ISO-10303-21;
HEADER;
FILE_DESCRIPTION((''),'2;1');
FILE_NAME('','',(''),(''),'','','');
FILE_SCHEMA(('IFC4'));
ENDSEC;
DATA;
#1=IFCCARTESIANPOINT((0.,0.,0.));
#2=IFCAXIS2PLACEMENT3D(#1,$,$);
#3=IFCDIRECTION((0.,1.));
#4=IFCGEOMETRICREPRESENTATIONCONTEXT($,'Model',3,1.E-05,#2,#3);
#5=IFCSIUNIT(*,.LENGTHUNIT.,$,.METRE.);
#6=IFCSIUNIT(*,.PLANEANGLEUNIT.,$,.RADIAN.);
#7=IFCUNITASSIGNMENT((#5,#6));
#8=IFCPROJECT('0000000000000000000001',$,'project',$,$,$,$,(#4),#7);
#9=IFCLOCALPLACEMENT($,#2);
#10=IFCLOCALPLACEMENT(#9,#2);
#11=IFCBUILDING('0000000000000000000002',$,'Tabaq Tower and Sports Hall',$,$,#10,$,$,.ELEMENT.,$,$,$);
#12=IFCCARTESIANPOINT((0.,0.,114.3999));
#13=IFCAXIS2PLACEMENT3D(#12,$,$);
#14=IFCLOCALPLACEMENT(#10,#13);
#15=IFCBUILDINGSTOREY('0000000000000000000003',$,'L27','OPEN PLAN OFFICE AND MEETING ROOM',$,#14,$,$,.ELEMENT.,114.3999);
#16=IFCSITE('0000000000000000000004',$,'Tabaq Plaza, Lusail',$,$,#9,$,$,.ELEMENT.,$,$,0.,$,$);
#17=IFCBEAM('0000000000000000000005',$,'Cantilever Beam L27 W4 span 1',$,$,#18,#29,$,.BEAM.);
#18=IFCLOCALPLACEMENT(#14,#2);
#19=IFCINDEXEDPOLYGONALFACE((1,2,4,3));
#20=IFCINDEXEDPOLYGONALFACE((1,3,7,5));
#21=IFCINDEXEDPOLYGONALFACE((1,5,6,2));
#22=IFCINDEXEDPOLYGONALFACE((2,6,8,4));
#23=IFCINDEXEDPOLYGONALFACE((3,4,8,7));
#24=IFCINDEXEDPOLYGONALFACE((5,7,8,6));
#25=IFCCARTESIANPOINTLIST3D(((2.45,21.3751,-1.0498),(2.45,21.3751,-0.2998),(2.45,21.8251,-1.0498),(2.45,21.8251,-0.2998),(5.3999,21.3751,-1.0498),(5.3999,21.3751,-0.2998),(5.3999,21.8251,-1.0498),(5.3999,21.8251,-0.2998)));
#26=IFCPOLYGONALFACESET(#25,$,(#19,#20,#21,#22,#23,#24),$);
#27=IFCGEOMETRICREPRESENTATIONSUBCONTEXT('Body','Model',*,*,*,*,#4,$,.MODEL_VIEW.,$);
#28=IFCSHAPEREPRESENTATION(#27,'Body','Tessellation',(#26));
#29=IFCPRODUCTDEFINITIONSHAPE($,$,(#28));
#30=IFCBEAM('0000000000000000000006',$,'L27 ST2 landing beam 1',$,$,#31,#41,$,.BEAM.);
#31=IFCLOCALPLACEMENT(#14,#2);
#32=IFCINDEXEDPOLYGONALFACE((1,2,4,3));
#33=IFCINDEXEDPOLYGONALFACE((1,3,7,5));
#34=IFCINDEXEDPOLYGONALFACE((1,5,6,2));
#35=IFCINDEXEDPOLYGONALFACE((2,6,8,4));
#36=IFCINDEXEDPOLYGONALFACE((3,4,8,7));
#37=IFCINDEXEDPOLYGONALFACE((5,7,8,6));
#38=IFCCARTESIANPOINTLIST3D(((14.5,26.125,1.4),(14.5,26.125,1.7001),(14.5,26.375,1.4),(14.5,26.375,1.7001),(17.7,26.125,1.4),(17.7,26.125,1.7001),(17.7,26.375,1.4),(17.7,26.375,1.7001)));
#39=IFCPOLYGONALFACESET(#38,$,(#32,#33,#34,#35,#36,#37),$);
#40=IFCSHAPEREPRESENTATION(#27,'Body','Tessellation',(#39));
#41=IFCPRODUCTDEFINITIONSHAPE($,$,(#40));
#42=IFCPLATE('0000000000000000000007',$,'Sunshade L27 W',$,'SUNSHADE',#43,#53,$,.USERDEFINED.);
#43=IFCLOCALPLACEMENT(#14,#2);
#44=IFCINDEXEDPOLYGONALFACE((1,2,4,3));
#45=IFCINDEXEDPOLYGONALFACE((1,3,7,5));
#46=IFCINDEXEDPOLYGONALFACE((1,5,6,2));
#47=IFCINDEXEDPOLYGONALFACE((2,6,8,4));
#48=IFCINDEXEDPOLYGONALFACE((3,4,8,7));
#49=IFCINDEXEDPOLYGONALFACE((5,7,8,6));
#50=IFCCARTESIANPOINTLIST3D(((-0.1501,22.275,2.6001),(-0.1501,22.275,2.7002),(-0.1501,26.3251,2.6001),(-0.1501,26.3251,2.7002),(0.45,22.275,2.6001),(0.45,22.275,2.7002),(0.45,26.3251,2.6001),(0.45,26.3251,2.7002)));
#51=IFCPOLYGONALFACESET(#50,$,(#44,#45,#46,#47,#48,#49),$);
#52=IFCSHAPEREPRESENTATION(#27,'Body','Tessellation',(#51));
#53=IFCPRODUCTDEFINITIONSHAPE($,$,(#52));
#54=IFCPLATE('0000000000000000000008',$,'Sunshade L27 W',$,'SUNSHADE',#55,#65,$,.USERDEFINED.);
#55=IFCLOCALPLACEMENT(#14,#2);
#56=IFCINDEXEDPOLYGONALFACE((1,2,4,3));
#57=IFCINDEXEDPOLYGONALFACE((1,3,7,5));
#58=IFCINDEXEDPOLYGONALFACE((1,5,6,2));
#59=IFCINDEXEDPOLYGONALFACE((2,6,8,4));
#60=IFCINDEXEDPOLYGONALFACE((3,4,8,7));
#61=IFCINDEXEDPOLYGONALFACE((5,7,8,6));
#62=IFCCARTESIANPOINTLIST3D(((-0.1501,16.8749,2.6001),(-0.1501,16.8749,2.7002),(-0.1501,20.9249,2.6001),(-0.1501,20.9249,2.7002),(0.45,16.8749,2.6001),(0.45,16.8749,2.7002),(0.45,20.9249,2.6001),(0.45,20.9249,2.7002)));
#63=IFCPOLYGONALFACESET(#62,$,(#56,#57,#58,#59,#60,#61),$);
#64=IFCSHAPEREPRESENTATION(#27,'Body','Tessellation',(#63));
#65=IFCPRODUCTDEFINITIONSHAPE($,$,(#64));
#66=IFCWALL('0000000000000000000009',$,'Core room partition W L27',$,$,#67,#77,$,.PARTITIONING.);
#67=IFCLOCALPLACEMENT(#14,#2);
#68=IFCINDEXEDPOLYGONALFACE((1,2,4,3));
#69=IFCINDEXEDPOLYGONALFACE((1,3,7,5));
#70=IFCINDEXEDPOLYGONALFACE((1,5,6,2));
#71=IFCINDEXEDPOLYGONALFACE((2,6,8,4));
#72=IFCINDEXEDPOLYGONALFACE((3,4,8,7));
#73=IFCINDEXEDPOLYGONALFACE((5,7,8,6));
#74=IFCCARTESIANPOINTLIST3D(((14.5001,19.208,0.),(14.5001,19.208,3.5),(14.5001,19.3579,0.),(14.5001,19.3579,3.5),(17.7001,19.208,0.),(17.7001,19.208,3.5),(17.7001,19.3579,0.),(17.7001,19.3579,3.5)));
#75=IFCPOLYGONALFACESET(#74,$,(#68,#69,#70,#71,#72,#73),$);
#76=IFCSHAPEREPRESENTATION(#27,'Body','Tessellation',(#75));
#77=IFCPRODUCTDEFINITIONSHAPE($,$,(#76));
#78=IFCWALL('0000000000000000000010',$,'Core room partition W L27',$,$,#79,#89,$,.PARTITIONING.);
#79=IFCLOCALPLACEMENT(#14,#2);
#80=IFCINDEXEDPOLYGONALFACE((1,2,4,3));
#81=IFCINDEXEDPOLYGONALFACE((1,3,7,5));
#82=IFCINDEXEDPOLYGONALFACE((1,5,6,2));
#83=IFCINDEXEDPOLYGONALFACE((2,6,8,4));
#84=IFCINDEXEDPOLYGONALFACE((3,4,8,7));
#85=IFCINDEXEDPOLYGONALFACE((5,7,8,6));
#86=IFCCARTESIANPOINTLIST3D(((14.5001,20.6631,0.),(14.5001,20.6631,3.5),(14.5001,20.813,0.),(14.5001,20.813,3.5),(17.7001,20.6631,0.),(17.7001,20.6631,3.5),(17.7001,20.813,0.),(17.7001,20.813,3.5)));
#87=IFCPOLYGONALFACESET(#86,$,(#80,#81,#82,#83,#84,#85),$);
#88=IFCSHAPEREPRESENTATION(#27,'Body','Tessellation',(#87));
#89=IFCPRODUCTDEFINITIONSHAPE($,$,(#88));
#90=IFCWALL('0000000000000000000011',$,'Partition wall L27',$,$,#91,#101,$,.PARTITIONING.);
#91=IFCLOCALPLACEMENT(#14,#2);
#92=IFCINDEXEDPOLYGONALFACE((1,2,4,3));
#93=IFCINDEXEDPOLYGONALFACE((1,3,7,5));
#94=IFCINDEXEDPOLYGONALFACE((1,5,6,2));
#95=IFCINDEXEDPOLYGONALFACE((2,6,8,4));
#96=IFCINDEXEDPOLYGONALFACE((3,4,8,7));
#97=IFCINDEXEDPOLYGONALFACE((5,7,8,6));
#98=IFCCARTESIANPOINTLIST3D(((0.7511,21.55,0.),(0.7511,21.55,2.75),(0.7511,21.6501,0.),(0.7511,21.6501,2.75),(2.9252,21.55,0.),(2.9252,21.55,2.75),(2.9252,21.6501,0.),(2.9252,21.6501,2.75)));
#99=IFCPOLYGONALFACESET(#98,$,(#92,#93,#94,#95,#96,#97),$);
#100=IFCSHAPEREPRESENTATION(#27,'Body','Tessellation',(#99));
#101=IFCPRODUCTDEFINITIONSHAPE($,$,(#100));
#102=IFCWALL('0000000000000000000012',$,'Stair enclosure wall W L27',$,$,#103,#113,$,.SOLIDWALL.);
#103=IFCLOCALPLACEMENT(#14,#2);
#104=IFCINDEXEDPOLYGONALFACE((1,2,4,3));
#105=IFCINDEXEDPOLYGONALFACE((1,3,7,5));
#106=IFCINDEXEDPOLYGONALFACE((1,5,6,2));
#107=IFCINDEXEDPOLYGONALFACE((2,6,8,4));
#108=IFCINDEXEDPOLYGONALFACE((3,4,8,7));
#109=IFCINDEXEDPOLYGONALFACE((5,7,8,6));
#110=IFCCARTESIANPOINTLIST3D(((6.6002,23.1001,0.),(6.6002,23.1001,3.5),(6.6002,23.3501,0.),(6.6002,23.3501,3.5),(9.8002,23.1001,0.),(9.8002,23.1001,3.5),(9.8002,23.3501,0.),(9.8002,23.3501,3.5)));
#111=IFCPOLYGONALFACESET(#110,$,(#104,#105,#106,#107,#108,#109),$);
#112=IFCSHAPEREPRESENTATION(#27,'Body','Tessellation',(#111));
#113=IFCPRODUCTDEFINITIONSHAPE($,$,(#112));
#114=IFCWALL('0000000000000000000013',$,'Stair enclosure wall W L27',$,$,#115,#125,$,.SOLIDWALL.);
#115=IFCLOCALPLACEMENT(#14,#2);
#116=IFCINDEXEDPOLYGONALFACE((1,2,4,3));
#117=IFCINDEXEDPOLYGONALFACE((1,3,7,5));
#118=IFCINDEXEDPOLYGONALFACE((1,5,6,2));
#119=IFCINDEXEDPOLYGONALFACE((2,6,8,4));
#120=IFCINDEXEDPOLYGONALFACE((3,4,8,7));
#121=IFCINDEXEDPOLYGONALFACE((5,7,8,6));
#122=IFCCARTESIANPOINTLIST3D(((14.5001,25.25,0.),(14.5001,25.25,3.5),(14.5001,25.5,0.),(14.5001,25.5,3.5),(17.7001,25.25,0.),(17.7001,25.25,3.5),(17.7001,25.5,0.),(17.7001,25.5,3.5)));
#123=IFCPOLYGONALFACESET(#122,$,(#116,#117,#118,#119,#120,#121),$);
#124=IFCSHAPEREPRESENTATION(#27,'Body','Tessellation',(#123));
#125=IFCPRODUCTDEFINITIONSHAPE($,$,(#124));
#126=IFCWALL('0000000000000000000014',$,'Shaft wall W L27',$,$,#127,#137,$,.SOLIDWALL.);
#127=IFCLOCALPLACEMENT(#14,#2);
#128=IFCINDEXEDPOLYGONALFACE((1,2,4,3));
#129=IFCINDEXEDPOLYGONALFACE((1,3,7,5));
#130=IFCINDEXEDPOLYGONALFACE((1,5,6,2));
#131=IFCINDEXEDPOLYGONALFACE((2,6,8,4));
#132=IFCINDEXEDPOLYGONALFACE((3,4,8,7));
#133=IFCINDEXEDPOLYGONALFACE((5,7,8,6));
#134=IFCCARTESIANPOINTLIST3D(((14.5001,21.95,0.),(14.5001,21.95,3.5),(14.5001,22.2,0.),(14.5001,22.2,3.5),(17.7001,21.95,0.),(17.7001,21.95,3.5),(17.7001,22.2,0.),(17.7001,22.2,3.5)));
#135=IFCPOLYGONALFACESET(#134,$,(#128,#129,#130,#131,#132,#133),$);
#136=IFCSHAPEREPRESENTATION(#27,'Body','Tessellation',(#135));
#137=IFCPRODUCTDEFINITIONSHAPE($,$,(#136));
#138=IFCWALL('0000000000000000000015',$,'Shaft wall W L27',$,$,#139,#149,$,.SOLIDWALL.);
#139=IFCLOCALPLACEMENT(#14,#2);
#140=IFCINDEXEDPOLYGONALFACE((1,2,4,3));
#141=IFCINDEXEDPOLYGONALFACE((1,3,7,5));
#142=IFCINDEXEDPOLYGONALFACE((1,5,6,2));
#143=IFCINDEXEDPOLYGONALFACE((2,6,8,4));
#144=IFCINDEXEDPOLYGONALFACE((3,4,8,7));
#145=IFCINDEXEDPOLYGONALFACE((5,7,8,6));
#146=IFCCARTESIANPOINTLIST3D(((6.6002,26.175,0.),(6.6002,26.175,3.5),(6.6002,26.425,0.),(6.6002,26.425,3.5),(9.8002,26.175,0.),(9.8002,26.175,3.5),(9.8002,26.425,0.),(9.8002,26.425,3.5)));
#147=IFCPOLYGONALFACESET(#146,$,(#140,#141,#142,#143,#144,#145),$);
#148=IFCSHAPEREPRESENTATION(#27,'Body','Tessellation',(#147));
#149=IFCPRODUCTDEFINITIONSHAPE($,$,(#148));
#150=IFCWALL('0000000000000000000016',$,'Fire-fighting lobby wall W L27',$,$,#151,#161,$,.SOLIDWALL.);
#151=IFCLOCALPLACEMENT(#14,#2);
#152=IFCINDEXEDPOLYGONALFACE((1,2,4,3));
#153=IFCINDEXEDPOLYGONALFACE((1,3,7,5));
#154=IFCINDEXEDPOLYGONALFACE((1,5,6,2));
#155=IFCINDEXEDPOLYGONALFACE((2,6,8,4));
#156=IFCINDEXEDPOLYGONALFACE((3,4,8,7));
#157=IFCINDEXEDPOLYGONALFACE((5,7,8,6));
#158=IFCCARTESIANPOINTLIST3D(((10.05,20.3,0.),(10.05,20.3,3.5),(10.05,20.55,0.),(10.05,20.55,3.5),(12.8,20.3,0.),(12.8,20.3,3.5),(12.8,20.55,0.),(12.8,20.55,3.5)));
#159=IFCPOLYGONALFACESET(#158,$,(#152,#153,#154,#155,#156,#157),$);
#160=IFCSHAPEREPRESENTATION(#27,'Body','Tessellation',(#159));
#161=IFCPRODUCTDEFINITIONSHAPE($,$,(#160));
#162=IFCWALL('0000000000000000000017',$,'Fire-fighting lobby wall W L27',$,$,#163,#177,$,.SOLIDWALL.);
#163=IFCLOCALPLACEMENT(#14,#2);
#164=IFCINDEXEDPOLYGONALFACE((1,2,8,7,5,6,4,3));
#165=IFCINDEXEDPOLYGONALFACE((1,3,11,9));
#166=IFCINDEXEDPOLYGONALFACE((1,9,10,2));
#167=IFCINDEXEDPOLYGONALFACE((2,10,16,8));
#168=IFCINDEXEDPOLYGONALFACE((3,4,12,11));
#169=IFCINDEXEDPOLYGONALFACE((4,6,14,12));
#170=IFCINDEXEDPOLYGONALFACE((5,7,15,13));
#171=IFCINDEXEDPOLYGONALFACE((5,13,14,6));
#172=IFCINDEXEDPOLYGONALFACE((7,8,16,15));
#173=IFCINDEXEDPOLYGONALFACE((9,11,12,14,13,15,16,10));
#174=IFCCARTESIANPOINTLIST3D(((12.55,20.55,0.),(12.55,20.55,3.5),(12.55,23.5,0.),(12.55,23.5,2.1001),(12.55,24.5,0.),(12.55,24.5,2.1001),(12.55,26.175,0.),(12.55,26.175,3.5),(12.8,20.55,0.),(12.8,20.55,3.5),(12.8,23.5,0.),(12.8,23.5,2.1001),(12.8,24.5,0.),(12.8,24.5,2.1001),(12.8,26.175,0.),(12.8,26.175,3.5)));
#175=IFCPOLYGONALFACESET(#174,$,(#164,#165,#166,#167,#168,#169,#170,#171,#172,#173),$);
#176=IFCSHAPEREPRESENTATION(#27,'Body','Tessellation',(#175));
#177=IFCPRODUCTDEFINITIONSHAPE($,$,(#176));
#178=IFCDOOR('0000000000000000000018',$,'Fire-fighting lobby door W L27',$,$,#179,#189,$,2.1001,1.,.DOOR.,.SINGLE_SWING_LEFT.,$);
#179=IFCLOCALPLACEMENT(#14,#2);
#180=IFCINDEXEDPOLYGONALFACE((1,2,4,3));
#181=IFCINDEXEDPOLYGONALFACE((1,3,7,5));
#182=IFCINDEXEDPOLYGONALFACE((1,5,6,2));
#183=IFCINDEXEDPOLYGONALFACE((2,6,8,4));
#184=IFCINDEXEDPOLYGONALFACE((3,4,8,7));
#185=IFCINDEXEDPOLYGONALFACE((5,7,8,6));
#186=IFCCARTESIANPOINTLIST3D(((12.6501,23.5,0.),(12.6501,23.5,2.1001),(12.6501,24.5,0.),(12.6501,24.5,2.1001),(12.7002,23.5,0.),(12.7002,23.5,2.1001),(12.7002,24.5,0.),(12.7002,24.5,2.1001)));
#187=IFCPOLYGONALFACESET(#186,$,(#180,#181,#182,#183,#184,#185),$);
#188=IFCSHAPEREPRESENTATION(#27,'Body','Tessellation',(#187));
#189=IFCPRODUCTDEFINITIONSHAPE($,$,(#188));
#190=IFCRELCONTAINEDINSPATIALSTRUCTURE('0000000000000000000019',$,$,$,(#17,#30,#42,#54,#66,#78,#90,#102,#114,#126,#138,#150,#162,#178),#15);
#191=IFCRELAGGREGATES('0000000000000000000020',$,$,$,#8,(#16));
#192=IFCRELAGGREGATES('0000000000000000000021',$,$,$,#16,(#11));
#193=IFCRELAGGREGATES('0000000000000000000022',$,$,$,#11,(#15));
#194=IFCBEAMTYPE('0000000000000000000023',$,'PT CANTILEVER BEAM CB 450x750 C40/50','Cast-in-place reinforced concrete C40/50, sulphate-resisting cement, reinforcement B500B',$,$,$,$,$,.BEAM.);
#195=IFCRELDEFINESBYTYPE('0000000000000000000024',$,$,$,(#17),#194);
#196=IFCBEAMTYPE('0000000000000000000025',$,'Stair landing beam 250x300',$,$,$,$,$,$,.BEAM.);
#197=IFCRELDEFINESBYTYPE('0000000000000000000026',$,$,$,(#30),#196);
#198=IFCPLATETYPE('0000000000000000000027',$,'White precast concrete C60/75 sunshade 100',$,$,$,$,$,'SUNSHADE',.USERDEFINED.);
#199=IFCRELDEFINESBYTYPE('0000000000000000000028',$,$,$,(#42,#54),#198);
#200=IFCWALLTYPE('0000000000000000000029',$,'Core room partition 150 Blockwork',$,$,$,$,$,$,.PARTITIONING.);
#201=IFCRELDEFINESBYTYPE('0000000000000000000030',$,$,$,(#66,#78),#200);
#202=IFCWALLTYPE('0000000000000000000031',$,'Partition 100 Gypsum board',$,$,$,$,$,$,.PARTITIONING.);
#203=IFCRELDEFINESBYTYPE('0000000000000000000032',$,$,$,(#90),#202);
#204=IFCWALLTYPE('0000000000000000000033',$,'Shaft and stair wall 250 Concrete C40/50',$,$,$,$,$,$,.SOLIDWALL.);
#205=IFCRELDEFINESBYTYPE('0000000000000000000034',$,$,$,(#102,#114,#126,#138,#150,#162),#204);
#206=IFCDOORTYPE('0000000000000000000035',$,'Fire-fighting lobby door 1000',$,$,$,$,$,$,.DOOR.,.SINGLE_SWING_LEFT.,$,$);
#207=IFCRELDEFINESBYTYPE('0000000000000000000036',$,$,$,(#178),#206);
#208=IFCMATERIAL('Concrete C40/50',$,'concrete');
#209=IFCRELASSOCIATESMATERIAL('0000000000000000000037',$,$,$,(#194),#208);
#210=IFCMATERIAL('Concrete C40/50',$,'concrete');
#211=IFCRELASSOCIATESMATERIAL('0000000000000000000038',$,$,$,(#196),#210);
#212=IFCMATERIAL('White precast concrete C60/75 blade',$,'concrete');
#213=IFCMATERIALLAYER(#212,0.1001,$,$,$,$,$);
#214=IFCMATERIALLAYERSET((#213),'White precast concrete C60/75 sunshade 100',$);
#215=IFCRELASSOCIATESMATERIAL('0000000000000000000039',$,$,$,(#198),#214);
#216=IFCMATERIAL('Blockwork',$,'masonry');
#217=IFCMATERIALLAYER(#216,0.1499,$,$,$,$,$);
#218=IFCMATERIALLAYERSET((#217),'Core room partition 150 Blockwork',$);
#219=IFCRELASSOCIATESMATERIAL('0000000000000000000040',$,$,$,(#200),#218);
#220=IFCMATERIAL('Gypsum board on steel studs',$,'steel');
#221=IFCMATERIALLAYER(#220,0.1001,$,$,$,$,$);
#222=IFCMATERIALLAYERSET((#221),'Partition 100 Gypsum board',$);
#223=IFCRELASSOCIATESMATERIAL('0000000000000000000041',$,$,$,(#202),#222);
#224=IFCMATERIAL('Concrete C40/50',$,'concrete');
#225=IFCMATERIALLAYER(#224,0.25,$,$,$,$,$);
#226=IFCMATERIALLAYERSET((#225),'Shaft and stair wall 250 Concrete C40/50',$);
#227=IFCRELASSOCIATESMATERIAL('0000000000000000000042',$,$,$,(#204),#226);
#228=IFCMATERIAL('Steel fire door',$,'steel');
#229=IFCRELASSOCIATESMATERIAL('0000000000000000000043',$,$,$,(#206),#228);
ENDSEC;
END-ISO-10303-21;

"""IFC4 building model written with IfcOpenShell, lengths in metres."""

from ifc_helpers import new_model, si_unit, direction, frame, frame_2d, origin, origin_2d, place, context, subcontext, project, spatial, rectangle, extrude, material, layer, layer_set, material_profile, profile_set, type_object, element, fill, save


model = new_model("IFC4")

# Units and contexts
model_context = context("Model", 3, precision=1e-05, world=origin(), true_north=direction((0.0, 1.0)))
body_context = subcontext(model_context, "Body", "Model", "MODEL_VIEW")
ifc_project = project(units=[si_unit("LENGTHUNIT", "METRE"), si_unit("PLANEANGLEUNIT", "RADIAN")], contexts=[model_context])

# Site, building, storey
site_placement = place(None, origin())
site = spatial("IfcSite", under=ifc_project, at=site_placement, Name="Tabaq Plaza, Lusail", CompositionType="ELEMENT", RefElevation=0.0)
building_placement = place(site_placement, origin())
building = spatial("IfcBuilding", under=site, at=building_placement, Name="Tabaq Tower and Sports Hall", CompositionType="ELEMENT")
storey_placement = place(building_placement, frame((0.0, 0.0, 114.3999)))
storey = spatial("IfcBuildingStorey", under=building, at=storey_placement, Name="L27", Description="OPEN PLAN OFFICE AND MEETING ROOM", CompositionType="ELEMENT", Elevation=114.3999)

# Beams
ifc_material_1 = material(Name="Concrete C40/50", Category="concrete")
ifc_material_profile_1 = material_profile(ifc_material_1, rectangle(XDim=0.45, YDim=0.75, at=origin_2d()), Name="CB 450x750")
ifc_profile_set_1 = profile_set([ifc_material_profile_1], Name="Concrete C40/50")
beam_type_1 = type_object("IfcBeamType", Name="PT CANTILEVER BEAM CB 450x750 C40/50", Description="Cast-in-place reinforced concrete C40/50, sulphate-resisting cement, reinforcement B500B", PredefinedType="BEAM", material=ifc_profile_set_1)
beam_1_placement = place(storey_placement, frame((2.45, 21.6001, -0.6748), z_axis=(1.0, 0.0, 0.0), x_axis=(0.0, 1.0, 0.0)))
element("IfcBeam", 1, at=beam_1_placement, inside=storey, type_object=beam_type_1, Name="Cantilever Beam L27 W4 span 1", PredefinedType="BEAM", context=body_context, shape_type="SweptSolid", body=[
    extrude(rectangle(XDim=0.45, YDim=0.75, at=origin_2d()), origin(), (0.0, 0.0, 1.0), 2.95),
])
ifc_material_2 = material(Name="Concrete C40/50", Category="concrete")
ifc_material_profile_2 = material_profile(ifc_material_2, rectangle(XDim=0.25, YDim=0.3, at=origin_2d()), Name="RC 250x300")
ifc_profile_set_2 = profile_set([ifc_material_profile_2], Name="Concrete C40/50")
beam_type_2 = type_object("IfcBeamType", Name="Stair landing beam 250x300", PredefinedType="BEAM", material=ifc_profile_set_2)
beam_2_placement = place(storey_placement, frame((14.5, 26.25, 1.55), z_axis=(1.0, 0.0, 0.0), x_axis=(0.0, 1.0, 0.0)))
element("IfcBeam", 2, at=beam_2_placement, inside=storey, type_object=beam_type_2, Name="L27 ST2 landing beam 1", PredefinedType="BEAM", context=body_context, shape_type="SweptSolid", body=[
    extrude(rectangle(XDim=0.25, YDim=0.3, at=origin_2d()), origin(), (0.0, 0.0, 1.0), 3.2),
])

# Plates
ifc_material_3 = material(Name="White precast concrete C60/75 blade", Category="concrete")
ifc_layer_1 = layer(ifc_material_3, 0.1001)
ifc_layer_set_1 = layer_set([ifc_layer_1], Name="White precast concrete C60/75 sunshade 100")
plate_type = type_object("IfcPlateType", Name="White precast concrete C60/75 sunshade 100", ElementType="SUNSHADE", PredefinedType="USERDEFINED", material=ifc_layer_set_1)
for number, where, z_axis, x_axis, name in (
    (3, (0.1499, 24.3, 2.6001), (0.0, 0.0, 1.0), (0.0, -1.0, 0.0), "Sunshade L27 W"),
    (4, (0.1499, 18.8999, 2.6001), (0.0, 0.0, 1.0), (0.0, -1.0, 0.0), "Sunshade L27 W"),
):
    element("IfcPlate", number, at=place(storey_placement, frame(where, z_axis=z_axis, x_axis=x_axis)), inside=storey, type_object=plate_type, Name=name, ObjectType="SUNSHADE", PredefinedType="USERDEFINED", context=body_context, shape_type="SweptSolid", body=[
        extrude(rectangle(XDim=4.05, YDim=0.6001, at=origin_2d()), origin(), (0.0, 0.0, 1.0), 0.1001),
    ])

# Walls
ifc_material_4 = material(Name="Blockwork", Category="masonry")
ifc_layer_2 = layer(ifc_material_4, 0.1499)
ifc_layer_set_2 = layer_set([ifc_layer_2], Name="Core room partition 150 Blockwork")
wall_type_1 = type_object("IfcWallType", Name="Core room partition 150 Blockwork", PredefinedType="PARTITIONING", material=ifc_layer_set_2)
for number, where, z_axis, x_axis, name in (
    (5, (14.5, 19.283, 0.0), (0.0, 0.0, 1.0), (1.0, 0.0, 0.0), "Core room partition W L27"),
    (6, (14.5, 20.738, 0.0), (0.0, 0.0, 1.0), (1.0, 0.0, 0.0), "Core room partition W L27"),
):
    element("IfcWall", number, at=place(storey_placement, frame(where, z_axis=z_axis, x_axis=x_axis)), inside=storey, type_object=wall_type_1, Name=name, PredefinedType="PARTITIONING", context=body_context, shape_type="SweptSolid", body=[
        extrude(rectangle(XDim=3.2, YDim=0.1499, at=frame_2d((1.6001, 0.0))), origin(), (0.0, 0.0, 1.0), 3.5),
    ])
ifc_material_5 = material(Name="Gypsum board on steel studs", Category="steel")
ifc_layer_3 = layer(ifc_material_5, 0.1001)
ifc_layer_set_3 = layer_set([ifc_layer_3], Name="Partition 100 Gypsum board")
wall_type_2 = type_object("IfcWallType", Name="Partition 100 Gypsum board", PredefinedType="PARTITIONING", material=ifc_layer_set_3)
wall_1_placement = place(storey_placement, frame((2.925, 21.6001, 0.0), z_axis=(0.0, 0.0, 1.0), x_axis=(-1.0, 0.0, 0.0)))
element("IfcWall", 7, at=wall_1_placement, inside=storey, type_object=wall_type_2, Name="Partition wall L27", PredefinedType="PARTITIONING", context=body_context, shape_type="SweptSolid", body=[
    extrude(rectangle(XDim=2.1741, YDim=0.1001, at=frame_2d((1.0869, 0.0))), origin(), (0.0, 0.0, 1.0), 2.75),
])
ifc_material_6 = material(Name="Concrete C40/50", Category="concrete")
ifc_layer_4 = layer(ifc_material_6, 0.25)
ifc_layer_set_4 = layer_set([ifc_layer_4], Name="Shaft and stair wall 250 Concrete C40/50")
wall_type_3 = type_object("IfcWallType", Name="Shaft and stair wall 250 Concrete C40/50", PredefinedType="SOLIDWALL", material=ifc_layer_set_4)
for number, where, z_axis, x_axis, name in (
    (8, (6.6001, 23.2251, 0.0), (0.0, 0.0, 1.0), (1.0, 0.0, 0.0), "Stair enclosure wall W L27"),
    (9, (14.5, 25.375, 0.0), (0.0, 0.0, 1.0), (1.0, 0.0, 0.0), "Stair enclosure wall W L27"),
    (10, (14.5, 22.075, 0.0), (0.0, 0.0, 1.0), (1.0, 0.0, 0.0), "Shaft wall W L27"),
    (11, (6.6001, 26.3, 0.0), (0.0, 0.0, 1.0), (1.0, 0.0, 0.0), "Shaft wall W L27"),
):
    element("IfcWall", number, at=place(storey_placement, frame(where, z_axis=z_axis, x_axis=x_axis)), inside=storey, type_object=wall_type_3, Name=name, PredefinedType="SOLIDWALL", context=body_context, shape_type="SweptSolid", body=[
        extrude(rectangle(XDim=3.2, YDim=0.25, at=frame_2d((1.6001, 0.0))), origin(), (0.0, 0.0, 1.0), 3.5),
    ])
wall_2_placement = place(storey_placement, frame((10.05, 20.425, 0.0), z_axis=(0.0, 0.0, 1.0), x_axis=(1.0, 0.0, 0.0)))
element("IfcWall", 12, at=wall_2_placement, inside=storey, type_object=wall_type_3, Name="Fire-fighting lobby wall W L27", PredefinedType="SOLIDWALL", context=body_context, shape_type="SweptSolid", body=[
    extrude(rectangle(XDim=2.75, YDim=0.25, at=frame_2d((1.375, 0.0))), origin(), (0.0, 0.0, 1.0), 3.5),
])

# Wall, opening, door
wall_3_placement = place(storey_placement, frame((12.675, 20.55, 0.0), z_axis=(0.0, 0.0, 1.0), x_axis=(0.0, 1.0, 0.0)))
wall_3 = element("IfcWall", 13, at=wall_3_placement, inside=storey, type_object=wall_type_3, Name="Fire-fighting lobby wall W L27", PredefinedType="SOLIDWALL", context=body_context, shape_type="SweptSolid", body=[
    extrude(rectangle(XDim=5.625, YDim=0.25, at=frame_2d((2.8125, 0.0))), origin(), (0.0, 0.0, 1.0), 3.5),
])
opening_placement = place(wall_3_placement, frame((2.95, 0.0, 0.0)))
opening = element("IfcOpeningElement", 14, at=opening_placement, cuts=wall_3, PredefinedType="OPENING", context=body_context, shape_type="SweptSolid", body=[
    extrude(rectangle(XDim=1.0, YDim=2.1001, at=frame_2d((0.5, 1.05))), frame((0.0, 0.125, 0.0), z_axis=(0.0, -1.0, 0.0), x_axis=(1.0, 0.0, 0.0)), (0.0, 0.0, 1.0), 0.25),
])
ifc_material_7 = material(Name="Steel fire door", Category="steel")
door_type = type_object("IfcDoorType", Name="Fire-fighting lobby door 1000", OperationType="SINGLE_SWING_LEFT", PredefinedType="DOOR", material=ifc_material_7)
door_placement = place(opening_placement, origin())
door = element("IfcDoor", 15, at=door_placement, inside=storey, type_object=door_type, Name="Fire-fighting lobby door W L27", OperationType="SINGLE_SWING_LEFT", OverallHeight=2.1001, OverallWidth=1.0, PredefinedType="DOOR", context=body_context, shape_type="SweptSolid", body=[
    extrude(rectangle(XDim=1.0, YDim=2.1001, at=frame_2d((0.5, 1.05))), frame((0.0, 0.0249, 0.0), z_axis=(0.0, -1.0, 0.0), x_axis=(1.0, 0.0, 0.0)), (0.0, 0.0, 1.0), 0.05),
])
fill(opening, door)

save(model, "model.ifc")
